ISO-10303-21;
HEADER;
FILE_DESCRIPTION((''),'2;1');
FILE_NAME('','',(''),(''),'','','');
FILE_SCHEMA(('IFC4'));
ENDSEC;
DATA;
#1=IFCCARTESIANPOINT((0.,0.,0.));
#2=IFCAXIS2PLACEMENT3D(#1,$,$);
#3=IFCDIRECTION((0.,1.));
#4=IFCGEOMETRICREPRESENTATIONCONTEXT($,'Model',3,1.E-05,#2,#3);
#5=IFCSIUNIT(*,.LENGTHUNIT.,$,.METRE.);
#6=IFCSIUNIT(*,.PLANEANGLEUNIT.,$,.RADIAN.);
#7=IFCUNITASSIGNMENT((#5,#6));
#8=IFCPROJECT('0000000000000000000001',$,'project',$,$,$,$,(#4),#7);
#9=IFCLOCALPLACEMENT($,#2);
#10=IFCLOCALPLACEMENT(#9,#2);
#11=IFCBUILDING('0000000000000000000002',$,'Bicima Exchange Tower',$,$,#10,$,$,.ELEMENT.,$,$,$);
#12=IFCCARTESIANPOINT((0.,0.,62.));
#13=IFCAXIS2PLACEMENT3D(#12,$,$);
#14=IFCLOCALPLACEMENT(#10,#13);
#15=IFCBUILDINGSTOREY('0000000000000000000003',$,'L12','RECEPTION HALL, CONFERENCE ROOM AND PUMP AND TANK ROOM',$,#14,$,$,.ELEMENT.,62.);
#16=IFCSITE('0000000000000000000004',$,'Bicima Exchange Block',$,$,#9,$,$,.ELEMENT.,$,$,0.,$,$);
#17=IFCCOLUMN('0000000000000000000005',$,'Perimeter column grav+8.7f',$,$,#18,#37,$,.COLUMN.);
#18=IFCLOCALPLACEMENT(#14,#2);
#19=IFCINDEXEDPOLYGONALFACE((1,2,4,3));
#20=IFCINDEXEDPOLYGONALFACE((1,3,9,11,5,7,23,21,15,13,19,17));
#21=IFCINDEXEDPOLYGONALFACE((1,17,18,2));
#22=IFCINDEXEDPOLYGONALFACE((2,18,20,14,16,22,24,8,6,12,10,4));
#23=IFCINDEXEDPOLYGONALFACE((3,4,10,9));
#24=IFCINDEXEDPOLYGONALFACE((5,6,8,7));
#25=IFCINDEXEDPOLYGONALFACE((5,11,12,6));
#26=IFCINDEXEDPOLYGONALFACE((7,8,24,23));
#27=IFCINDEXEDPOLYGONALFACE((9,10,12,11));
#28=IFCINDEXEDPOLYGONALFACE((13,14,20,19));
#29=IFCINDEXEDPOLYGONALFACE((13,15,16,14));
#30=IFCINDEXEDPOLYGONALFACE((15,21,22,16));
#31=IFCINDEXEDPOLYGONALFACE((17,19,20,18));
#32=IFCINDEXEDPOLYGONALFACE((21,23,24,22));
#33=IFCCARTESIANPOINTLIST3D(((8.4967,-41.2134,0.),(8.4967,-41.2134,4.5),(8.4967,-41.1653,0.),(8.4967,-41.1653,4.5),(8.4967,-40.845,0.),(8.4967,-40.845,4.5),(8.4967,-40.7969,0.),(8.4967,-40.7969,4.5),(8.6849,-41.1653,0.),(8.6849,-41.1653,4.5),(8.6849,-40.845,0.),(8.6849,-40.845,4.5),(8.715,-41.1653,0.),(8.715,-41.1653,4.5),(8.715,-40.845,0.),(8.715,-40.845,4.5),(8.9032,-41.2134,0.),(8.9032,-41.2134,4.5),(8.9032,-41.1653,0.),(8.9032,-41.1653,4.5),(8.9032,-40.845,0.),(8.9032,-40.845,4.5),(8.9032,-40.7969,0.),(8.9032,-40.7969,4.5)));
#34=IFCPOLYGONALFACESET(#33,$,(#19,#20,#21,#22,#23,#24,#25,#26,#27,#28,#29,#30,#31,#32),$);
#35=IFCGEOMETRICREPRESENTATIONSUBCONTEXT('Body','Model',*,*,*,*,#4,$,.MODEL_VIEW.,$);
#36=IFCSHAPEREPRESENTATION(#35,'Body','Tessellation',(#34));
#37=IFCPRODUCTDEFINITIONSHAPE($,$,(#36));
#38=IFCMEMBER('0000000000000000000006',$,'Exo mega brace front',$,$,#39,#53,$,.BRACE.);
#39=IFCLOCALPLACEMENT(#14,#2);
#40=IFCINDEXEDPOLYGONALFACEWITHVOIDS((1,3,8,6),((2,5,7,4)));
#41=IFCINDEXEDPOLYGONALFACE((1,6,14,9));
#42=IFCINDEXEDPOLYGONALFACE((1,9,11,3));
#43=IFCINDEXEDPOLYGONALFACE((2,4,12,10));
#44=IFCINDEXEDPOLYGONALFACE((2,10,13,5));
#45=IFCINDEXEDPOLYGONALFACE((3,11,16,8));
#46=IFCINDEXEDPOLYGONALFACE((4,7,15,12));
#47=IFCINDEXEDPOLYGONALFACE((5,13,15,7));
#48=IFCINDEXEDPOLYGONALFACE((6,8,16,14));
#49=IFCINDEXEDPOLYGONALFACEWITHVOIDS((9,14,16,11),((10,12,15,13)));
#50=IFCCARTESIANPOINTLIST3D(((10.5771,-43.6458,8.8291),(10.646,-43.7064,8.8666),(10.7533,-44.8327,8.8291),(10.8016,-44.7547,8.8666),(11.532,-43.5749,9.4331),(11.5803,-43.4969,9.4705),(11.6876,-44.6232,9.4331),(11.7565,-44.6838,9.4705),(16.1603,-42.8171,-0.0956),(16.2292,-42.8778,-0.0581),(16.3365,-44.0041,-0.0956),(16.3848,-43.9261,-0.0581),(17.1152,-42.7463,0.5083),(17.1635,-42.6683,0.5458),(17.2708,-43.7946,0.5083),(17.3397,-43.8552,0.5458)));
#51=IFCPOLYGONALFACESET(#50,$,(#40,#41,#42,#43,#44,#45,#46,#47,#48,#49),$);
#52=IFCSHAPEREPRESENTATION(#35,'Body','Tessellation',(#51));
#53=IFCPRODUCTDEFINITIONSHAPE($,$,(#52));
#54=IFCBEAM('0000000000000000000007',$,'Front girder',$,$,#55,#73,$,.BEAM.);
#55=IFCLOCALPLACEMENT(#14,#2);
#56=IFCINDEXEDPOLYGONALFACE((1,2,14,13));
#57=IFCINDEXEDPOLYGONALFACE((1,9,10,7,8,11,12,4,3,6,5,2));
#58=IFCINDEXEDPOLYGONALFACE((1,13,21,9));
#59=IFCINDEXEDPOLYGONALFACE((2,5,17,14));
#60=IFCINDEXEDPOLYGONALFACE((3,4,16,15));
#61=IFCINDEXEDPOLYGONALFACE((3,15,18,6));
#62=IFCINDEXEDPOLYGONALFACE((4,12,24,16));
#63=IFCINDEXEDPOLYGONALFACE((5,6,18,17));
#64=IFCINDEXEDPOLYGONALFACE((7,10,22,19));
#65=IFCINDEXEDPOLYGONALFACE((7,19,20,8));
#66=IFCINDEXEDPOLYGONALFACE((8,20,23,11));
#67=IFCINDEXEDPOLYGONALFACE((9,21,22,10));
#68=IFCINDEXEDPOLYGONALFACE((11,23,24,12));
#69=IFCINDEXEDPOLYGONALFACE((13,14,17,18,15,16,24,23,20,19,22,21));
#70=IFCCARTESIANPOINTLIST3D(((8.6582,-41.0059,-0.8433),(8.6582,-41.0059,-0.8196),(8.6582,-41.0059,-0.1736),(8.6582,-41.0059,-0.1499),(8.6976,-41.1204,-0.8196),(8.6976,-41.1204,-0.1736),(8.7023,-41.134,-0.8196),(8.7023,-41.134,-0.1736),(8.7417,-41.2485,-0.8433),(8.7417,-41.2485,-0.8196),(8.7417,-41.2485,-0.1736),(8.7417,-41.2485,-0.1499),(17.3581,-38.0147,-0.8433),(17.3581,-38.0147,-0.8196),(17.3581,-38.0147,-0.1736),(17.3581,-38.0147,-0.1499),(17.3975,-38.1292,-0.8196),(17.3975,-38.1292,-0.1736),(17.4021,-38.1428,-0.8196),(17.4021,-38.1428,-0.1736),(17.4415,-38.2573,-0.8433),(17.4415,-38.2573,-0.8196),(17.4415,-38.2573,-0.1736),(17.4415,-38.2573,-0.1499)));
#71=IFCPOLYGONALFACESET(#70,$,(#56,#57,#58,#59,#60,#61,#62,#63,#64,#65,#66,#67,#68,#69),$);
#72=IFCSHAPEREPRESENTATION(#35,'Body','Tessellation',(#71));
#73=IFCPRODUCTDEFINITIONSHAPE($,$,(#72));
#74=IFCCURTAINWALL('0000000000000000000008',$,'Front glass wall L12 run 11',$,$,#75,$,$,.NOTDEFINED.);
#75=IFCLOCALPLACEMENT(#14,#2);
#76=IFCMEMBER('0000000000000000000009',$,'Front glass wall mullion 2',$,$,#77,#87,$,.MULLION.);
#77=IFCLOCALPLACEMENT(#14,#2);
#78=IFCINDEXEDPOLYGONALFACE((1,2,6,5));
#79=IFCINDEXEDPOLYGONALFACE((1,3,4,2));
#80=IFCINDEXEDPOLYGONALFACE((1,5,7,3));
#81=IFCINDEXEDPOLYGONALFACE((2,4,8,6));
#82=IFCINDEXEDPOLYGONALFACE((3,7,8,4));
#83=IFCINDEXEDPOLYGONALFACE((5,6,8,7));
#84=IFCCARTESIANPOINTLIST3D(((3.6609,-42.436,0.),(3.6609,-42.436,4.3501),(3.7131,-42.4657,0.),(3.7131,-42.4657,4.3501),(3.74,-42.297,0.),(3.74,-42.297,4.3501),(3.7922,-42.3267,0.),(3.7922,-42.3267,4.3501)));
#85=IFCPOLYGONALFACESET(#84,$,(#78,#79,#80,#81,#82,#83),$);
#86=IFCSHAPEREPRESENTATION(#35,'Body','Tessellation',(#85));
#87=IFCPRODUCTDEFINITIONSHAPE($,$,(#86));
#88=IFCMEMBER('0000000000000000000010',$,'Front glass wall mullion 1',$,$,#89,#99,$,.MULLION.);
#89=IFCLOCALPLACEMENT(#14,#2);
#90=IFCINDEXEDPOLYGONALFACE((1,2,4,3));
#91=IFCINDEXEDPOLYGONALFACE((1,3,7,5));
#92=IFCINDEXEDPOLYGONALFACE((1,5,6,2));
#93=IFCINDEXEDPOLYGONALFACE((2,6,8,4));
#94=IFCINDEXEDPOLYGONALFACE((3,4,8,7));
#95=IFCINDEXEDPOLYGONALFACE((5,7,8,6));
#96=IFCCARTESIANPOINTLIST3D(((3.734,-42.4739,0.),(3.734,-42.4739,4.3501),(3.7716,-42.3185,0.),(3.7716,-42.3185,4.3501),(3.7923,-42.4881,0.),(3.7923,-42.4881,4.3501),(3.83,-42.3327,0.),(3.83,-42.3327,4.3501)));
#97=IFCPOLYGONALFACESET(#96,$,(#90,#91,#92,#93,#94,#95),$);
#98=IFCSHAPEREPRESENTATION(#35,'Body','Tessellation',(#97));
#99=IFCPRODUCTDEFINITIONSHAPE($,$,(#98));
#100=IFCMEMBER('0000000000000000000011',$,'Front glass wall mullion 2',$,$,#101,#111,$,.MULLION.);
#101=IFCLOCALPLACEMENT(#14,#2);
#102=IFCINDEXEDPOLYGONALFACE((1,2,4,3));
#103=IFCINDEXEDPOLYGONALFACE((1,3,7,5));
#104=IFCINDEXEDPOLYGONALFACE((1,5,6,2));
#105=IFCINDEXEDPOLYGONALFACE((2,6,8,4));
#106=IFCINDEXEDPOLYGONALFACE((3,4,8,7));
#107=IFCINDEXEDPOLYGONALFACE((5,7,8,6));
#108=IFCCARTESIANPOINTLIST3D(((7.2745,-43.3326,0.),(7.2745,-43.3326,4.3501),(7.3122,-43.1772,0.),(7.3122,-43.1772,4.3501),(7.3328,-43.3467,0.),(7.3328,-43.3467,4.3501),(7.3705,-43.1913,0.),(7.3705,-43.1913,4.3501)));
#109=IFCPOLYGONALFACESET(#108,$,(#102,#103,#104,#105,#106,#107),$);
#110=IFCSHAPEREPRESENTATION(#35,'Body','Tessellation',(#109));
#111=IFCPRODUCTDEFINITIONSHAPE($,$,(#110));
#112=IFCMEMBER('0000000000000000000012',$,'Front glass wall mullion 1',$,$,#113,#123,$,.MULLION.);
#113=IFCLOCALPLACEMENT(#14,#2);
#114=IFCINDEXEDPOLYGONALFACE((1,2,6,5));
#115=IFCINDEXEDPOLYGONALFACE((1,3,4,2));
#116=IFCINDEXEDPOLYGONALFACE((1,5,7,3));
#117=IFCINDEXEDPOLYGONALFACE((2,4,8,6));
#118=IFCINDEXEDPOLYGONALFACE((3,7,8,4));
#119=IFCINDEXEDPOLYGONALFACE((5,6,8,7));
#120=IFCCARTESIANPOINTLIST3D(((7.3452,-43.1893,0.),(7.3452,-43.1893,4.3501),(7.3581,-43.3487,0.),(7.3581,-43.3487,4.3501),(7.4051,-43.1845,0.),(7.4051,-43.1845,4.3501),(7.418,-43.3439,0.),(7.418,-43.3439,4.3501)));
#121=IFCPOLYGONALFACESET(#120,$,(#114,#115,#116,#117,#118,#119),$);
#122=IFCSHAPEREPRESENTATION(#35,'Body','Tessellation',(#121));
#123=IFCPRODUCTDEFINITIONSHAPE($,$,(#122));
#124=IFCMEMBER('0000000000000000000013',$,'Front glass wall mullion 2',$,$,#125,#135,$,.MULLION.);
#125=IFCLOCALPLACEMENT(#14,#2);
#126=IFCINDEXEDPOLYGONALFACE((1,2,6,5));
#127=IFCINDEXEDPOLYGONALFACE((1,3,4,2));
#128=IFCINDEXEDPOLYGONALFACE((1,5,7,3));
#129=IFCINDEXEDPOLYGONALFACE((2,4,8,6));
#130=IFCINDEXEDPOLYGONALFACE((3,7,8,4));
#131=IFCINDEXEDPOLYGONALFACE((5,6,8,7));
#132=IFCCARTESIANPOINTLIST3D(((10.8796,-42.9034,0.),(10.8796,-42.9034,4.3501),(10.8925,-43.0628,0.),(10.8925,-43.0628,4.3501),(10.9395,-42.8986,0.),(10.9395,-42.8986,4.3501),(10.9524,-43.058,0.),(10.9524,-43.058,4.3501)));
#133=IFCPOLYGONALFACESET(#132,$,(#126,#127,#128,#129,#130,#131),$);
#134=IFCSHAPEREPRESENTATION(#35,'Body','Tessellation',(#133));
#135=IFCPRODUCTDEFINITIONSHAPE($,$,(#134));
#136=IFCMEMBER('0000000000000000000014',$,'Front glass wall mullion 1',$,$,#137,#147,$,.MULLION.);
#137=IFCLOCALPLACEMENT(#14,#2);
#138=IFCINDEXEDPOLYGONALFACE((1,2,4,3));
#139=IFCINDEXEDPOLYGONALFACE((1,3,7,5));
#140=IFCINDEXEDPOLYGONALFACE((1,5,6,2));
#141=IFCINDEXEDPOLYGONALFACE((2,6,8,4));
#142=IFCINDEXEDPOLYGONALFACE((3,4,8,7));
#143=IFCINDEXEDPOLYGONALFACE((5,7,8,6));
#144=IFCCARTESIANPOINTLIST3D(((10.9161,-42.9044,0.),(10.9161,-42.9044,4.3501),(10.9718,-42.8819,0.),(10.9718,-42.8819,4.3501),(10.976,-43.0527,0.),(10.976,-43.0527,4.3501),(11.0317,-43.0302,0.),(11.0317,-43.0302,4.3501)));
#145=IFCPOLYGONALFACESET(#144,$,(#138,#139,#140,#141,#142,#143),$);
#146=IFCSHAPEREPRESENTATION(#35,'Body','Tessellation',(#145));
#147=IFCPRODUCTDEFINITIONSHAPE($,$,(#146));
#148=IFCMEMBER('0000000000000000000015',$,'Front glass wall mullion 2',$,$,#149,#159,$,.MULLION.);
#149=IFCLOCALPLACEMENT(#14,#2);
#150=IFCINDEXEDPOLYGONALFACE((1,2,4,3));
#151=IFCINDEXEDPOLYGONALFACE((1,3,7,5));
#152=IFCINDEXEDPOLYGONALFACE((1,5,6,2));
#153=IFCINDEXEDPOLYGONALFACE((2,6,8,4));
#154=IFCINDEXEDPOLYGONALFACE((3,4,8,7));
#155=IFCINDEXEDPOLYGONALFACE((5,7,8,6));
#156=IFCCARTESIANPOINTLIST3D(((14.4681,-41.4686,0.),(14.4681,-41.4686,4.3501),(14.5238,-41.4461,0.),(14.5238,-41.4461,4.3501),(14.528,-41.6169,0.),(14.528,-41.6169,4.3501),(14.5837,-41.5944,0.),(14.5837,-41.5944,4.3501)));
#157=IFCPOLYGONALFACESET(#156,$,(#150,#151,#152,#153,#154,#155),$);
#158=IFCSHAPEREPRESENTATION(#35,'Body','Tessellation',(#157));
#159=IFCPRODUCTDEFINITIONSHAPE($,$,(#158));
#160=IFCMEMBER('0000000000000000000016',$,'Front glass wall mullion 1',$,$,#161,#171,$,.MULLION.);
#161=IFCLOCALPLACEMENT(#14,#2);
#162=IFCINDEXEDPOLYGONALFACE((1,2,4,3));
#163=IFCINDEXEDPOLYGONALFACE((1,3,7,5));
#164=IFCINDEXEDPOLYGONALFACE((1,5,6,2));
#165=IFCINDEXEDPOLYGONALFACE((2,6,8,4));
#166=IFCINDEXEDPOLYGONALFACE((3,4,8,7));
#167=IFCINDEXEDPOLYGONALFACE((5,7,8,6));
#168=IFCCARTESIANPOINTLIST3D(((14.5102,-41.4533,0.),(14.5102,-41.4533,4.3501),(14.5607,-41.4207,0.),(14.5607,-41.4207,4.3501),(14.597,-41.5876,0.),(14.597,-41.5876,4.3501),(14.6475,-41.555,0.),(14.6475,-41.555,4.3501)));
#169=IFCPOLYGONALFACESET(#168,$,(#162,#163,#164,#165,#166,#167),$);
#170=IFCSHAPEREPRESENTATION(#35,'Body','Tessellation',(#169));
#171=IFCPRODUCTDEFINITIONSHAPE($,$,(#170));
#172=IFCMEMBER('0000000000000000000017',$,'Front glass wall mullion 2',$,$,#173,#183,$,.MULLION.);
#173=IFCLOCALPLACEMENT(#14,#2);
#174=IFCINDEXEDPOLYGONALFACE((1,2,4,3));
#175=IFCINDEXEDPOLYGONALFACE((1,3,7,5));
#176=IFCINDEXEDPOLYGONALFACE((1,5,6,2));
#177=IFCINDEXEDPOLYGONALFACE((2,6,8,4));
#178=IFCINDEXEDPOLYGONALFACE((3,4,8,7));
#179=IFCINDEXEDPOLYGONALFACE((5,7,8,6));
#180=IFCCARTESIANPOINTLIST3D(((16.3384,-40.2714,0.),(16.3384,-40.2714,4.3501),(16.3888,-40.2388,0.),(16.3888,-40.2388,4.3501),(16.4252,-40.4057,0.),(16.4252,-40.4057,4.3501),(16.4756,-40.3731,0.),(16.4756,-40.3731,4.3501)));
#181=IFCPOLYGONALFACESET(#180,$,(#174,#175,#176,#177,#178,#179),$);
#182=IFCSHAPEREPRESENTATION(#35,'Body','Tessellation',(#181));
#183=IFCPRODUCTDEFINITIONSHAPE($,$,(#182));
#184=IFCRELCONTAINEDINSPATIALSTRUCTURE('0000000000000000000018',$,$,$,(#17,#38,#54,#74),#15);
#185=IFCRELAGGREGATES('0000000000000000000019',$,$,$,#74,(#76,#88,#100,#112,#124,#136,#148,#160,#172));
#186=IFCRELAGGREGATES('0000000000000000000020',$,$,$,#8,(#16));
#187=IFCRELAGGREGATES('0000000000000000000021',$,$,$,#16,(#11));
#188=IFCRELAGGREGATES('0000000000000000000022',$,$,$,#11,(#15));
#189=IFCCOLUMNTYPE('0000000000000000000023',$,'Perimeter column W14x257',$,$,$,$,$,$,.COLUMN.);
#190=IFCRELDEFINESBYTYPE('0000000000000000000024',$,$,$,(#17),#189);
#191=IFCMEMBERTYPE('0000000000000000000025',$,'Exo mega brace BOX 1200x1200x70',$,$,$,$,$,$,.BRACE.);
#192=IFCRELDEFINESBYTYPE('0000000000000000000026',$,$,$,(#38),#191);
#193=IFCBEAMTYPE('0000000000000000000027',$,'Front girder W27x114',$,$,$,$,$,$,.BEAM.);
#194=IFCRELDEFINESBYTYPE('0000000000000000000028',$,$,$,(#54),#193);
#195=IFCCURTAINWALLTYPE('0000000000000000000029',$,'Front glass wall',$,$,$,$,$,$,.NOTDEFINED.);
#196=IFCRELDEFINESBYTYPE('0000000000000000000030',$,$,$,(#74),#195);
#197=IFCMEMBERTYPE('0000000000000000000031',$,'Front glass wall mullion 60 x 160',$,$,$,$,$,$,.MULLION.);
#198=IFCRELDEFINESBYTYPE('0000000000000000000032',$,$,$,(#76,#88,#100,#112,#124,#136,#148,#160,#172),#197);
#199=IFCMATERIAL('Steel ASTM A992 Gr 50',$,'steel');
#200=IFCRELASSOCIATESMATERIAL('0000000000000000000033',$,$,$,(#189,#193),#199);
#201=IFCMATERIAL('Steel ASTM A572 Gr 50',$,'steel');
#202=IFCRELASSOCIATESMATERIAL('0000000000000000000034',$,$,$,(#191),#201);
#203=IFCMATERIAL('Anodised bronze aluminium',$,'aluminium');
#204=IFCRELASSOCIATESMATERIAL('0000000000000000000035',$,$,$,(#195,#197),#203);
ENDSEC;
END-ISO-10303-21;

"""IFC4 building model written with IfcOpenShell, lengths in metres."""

from ifc_helpers import new_model, si_unit, direction, frame, origin, origin_2d, place, context, subcontext, project, spatial, rectangle, hollow_rectangle, i_section, extrude, material, material_profile, profile_set, type_object, element, aggregate, save


model = new_model("IFC4")

# Units and contexts
model_context = context("Model", 3, precision=1e-05, world=origin(), true_north=direction((0.0, 1.0)))
body_context = subcontext(model_context, "Body", "Model", "MODEL_VIEW")
ifc_project = project(units=[si_unit("LENGTHUNIT", "METRE"), si_unit("PLANEANGLEUNIT", "RADIAN")], contexts=[model_context])

# Site, building, storey
site_placement = place(None, origin())
site = spatial("IfcSite", under=ifc_project, at=site_placement, Name="Bicima Exchange Block", CompositionType="ELEMENT", RefElevation=0.0)
building_placement = place(site_placement, origin())
building = spatial("IfcBuilding", under=site, at=building_placement, Name="Bicima Exchange Tower", CompositionType="ELEMENT")
storey_placement = place(building_placement, frame((0.0, 0.0, 62.0)))
storey = spatial("IfcBuildingStorey", under=building, at=storey_placement, Name="L12", Description="RECEPTION HALL, CONFERENCE ROOM AND PUMP AND TANK ROOM", CompositionType="ELEMENT", Elevation=62.0)

# Column
ifc_material_1 = material(Name="Steel ASTM A992 Gr 50", Category="steel")
ifc_material_profile_1 = material_profile(ifc_material_1, i_section(OverallWidth=0.4065, OverallDepth=0.4165, WebThickness=0.03, FlangeThickness=0.0481, at=origin_2d()))
ifc_profile_set_1 = profile_set([ifc_material_profile_1], Name="Steel ASTM A992 Gr 50")
column_type = type_object("IfcColumnType", Name="Perimeter column W14x257", PredefinedType="COLUMN", material=ifc_profile_set_1)
column_placement = place(storey_placement, frame((8.7, -41.0051, 0.0), z_axis=(0.0, 0.0, 1.0), x_axis=(1.0, 0.0, 0.0)))
element("IfcColumn", 1, at=column_placement, inside=storey, type_object=column_type, Name="Perimeter column grav+8.7f", PredefinedType="COLUMN", context=body_context, shape_type="SweptSolid", body=[
    extrude(i_section(OverallWidth=0.4065, OverallDepth=0.4165, WebThickness=0.03, FlangeThickness=0.0481, at=origin_2d()), origin(), (0.0, 0.0, 1.0), 4.5),
])

# Member
ifc_material_2 = material(Name="Steel ASTM A572 Gr 50", Category="steel")
ifc_material_profile_2 = material_profile(ifc_material_2, hollow_rectangle(XDim=1.2, YDim=1.2, WallThickness=0.0701, at=origin_2d()))
ifc_profile_set_2 = profile_set([ifc_material_profile_2], Name="Steel ASTM A572 Gr 50")
member_type_1 = type_object("IfcMemberType", Name="Exo mega brace BOX 1200x1200x70", PredefinedType="BRACE", material=ifc_profile_set_2)
member_1_placement = place(storey_placement, frame((16.75, -43.3362, 0.2251), z_axis=(-0.528722, -0.078468, 0.84516), x_axis=(0.146803, -0.989166, 0.0)))
element("IfcMember", 2, at=member_1_placement, inside=storey, type_object=member_type_1, Name="Exo mega brace front", PredefinedType="BRACE", context=body_context, shape_type="SweptSolid", body=[
    extrude(hollow_rectangle(XDim=1.2, YDim=1.2, WallThickness=0.0701, at=origin_2d()), origin(), (0.0, 0.0, 1.0), 10.5598),
])

# Beam
ifc_material_profile_3 = material_profile(ifc_material_1, i_section(OverallWidth=0.2566, OverallDepth=0.6934, WebThickness=0.0144, FlangeThickness=0.0237, at=origin_2d()))
ifc_profile_set_3 = profile_set([ifc_material_profile_3], Name="Steel ASTM A992 Gr 50")
beam_type = type_object("IfcBeamType", Name="Front girder W27x114", PredefinedType="BEAM", material=ifc_profile_set_3)
beam_placement = place(storey_placement, frame((8.7, -41.1272, -0.4966), z_axis=(0.945666, 0.325138, 0.0), x_axis=(-0.325138, 0.945666, 0.0)))
element("IfcBeam", 3, at=beam_placement, inside=storey, type_object=beam_type, Name="Front girder", PredefinedType="BEAM", context=body_context, shape_type="SweptSolid", body=[
    extrude(i_section(OverallWidth=0.2566, OverallDepth=0.6934, WebThickness=0.0144, FlangeThickness=0.0237, at=origin_2d()), origin(), (0.0, 0.0, 1.0), 9.1997),
])

# Curtain wall, members
ifc_material_3 = material(Name="Anodised bronze aluminium", Category="aluminium")
curtain_wall_type = type_object("IfcCurtainWallType", Name="Front glass wall", PredefinedType="NOTDEFINED", material=ifc_material_3)
curtain_wall_1_placement = place(storey_placement, origin())
curtain_wall_1 = element("IfcCurtainWall", 4, at=curtain_wall_1_placement, inside=storey, type_object=curtain_wall_type, Name="Front glass wall L12 run 11", PredefinedType="NOTDEFINED")
ifc_material_profile_4 = material_profile(ifc_material_3, rectangle(XDim=0.1599, YDim=0.0601, at=origin_2d()))
ifc_profile_set_4 = profile_set([ifc_material_profile_4], Name="Anodised bronze aluminium")
member_type_2 = type_object("IfcMemberType", Name="Front glass wall mullion 60 x 160", PredefinedType="MULLION", material=ifc_profile_set_4)
member_2_placement = place(storey_placement, frame((3.7266, -42.3813, 0.0), z_axis=(0.0, 0.0, 1.0), x_axis=(0.49433, 0.869274, 0.0)))
member_2 = element("IfcMember", 5, at=member_2_placement, type_object=member_type_2, Name="Front glass wall mullion 2", PredefinedType="MULLION", context=body_context, shape_type="SweptSolid", body=[
    extrude(rectangle(XDim=0.1599, YDim=0.0601, at=origin_2d()), origin(), (0.0, 0.0, 1.0), 4.3501),
])
member_3_placement = place(storey_placement, frame((3.782, -42.4033, 0.0), z_axis=(0.0, 0.0, 1.0), x_axis=(0.235682, 0.97183, 0.0)))
member_3 = element("IfcMember", 6, at=member_3_placement, type_object=member_type_2, Name="Front glass wall mullion 1", PredefinedType="MULLION", context=body_context, shape_type="SweptSolid", body=[
    extrude(rectangle(XDim=0.1599, YDim=0.0601, at=origin_2d()), origin(), (0.0, 0.0, 1.0), 4.3501),
])
member_4_placement = place(storey_placement, frame((7.3225, -43.262, 0.0), z_axis=(0.0, 0.0, 1.0), x_axis=(0.235682, 0.97183, 0.0)))
member_4 = element("IfcMember", 7, at=member_4_placement, type_object=member_type_2, Name="Front glass wall mullion 2", PredefinedType="MULLION", context=body_context, shape_type="SweptSolid", body=[
    extrude(rectangle(XDim=0.1599, YDim=0.0601, at=origin_2d()), origin(), (0.0, 0.0, 1.0), 4.3501),
])
member_5_placement = place(storey_placement, frame((7.3816, -43.2666, 0.0), z_axis=(0.0, 0.0, 1.0), x_axis=(-0.080589, 0.996747, 0.0)))
member_5 = element("IfcMember", 8, at=member_5_placement, type_object=member_type_2, Name="Front glass wall mullion 1", PredefinedType="MULLION", context=body_context, shape_type="SweptSolid", body=[
    extrude(rectangle(XDim=0.1599, YDim=0.0601, at=origin_2d()), origin(), (0.0, 0.0, 1.0), 4.3501),
])
member_6_placement = place(storey_placement, frame((10.916, -42.9807, 0.0), z_axis=(0.0, 0.0, 1.0), x_axis=(-0.080589, 0.996747, 0.0)))
member_6 = element("IfcMember", 9, at=member_6_placement, type_object=member_type_2, Name="Front glass wall mullion 2", PredefinedType="MULLION", context=body_context, shape_type="SweptSolid", body=[
    extrude(rectangle(XDim=0.1599, YDim=0.0601, at=origin_2d()), origin(), (0.0, 0.0, 1.0), 4.3501),
])
member_7_placement = place(storey_placement, frame((10.9739, -42.9673, 0.0), z_axis=(0.0, 0.0, 1.0), x_axis=(-0.374705, 0.927144, 0.0)))
member_7 = element("IfcMember", 10, at=member_7_placement, type_object=member_type_2, Name="Front glass wall mullion 1", PredefinedType="MULLION", context=body_context, shape_type="SweptSolid", body=[
    extrude(rectangle(XDim=0.1599, YDim=0.0601, at=origin_2d()), origin(), (0.0, 0.0, 1.0), 4.3501),
])
member_8_placement = place(storey_placement, frame((14.5259, -41.5315, 0.0), z_axis=(0.0, 0.0, 1.0), x_axis=(-0.374705, 0.927144, 0.0)))
member_8 = element("IfcMember", 11, at=member_8_placement, type_object=member_type_2, Name="Front glass wall mullion 2", PredefinedType="MULLION", context=body_context, shape_type="SweptSolid", body=[
    extrude(rectangle(XDim=0.1599, YDim=0.0601, at=origin_2d()), origin(), (0.0, 0.0, 1.0), 4.3501),
])
member_9_placement = place(storey_placement, frame((14.5789, -41.5042, 0.0), z_axis=(0.0, 0.0, 1.0), x_axis=(-0.542909, 0.839791, 0.0)))
member_9 = element("IfcMember", 12, at=member_9_placement, type_object=member_type_2, Name="Front glass wall mullion 1", PredefinedType="MULLION", context=body_context, shape_type="SweptSolid", body=[
    extrude(rectangle(XDim=0.1599, YDim=0.0601, at=origin_2d()), origin(), (0.0, 0.0, 1.0), 4.3501),
])
member_10_placement = place(storey_placement, frame((16.407, -40.3223, 0.0), z_axis=(0.0, 0.0, 1.0), x_axis=(-0.542909, 0.839791, 0.0)))
member_10 = element("IfcMember", 13, at=member_10_placement, type_object=member_type_2, Name="Front glass wall mullion 2", PredefinedType="MULLION", context=body_context, shape_type="SweptSolid", body=[
    extrude(rectangle(XDim=0.1599, YDim=0.0601, at=origin_2d()), origin(), (0.0, 0.0, 1.0), 4.3501),
])

aggregate(curtain_wall_1, [member_2, member_3, member_4, member_5, member_6, member_7, member_8, member_9, member_10])

save(model, "model.ifc")
